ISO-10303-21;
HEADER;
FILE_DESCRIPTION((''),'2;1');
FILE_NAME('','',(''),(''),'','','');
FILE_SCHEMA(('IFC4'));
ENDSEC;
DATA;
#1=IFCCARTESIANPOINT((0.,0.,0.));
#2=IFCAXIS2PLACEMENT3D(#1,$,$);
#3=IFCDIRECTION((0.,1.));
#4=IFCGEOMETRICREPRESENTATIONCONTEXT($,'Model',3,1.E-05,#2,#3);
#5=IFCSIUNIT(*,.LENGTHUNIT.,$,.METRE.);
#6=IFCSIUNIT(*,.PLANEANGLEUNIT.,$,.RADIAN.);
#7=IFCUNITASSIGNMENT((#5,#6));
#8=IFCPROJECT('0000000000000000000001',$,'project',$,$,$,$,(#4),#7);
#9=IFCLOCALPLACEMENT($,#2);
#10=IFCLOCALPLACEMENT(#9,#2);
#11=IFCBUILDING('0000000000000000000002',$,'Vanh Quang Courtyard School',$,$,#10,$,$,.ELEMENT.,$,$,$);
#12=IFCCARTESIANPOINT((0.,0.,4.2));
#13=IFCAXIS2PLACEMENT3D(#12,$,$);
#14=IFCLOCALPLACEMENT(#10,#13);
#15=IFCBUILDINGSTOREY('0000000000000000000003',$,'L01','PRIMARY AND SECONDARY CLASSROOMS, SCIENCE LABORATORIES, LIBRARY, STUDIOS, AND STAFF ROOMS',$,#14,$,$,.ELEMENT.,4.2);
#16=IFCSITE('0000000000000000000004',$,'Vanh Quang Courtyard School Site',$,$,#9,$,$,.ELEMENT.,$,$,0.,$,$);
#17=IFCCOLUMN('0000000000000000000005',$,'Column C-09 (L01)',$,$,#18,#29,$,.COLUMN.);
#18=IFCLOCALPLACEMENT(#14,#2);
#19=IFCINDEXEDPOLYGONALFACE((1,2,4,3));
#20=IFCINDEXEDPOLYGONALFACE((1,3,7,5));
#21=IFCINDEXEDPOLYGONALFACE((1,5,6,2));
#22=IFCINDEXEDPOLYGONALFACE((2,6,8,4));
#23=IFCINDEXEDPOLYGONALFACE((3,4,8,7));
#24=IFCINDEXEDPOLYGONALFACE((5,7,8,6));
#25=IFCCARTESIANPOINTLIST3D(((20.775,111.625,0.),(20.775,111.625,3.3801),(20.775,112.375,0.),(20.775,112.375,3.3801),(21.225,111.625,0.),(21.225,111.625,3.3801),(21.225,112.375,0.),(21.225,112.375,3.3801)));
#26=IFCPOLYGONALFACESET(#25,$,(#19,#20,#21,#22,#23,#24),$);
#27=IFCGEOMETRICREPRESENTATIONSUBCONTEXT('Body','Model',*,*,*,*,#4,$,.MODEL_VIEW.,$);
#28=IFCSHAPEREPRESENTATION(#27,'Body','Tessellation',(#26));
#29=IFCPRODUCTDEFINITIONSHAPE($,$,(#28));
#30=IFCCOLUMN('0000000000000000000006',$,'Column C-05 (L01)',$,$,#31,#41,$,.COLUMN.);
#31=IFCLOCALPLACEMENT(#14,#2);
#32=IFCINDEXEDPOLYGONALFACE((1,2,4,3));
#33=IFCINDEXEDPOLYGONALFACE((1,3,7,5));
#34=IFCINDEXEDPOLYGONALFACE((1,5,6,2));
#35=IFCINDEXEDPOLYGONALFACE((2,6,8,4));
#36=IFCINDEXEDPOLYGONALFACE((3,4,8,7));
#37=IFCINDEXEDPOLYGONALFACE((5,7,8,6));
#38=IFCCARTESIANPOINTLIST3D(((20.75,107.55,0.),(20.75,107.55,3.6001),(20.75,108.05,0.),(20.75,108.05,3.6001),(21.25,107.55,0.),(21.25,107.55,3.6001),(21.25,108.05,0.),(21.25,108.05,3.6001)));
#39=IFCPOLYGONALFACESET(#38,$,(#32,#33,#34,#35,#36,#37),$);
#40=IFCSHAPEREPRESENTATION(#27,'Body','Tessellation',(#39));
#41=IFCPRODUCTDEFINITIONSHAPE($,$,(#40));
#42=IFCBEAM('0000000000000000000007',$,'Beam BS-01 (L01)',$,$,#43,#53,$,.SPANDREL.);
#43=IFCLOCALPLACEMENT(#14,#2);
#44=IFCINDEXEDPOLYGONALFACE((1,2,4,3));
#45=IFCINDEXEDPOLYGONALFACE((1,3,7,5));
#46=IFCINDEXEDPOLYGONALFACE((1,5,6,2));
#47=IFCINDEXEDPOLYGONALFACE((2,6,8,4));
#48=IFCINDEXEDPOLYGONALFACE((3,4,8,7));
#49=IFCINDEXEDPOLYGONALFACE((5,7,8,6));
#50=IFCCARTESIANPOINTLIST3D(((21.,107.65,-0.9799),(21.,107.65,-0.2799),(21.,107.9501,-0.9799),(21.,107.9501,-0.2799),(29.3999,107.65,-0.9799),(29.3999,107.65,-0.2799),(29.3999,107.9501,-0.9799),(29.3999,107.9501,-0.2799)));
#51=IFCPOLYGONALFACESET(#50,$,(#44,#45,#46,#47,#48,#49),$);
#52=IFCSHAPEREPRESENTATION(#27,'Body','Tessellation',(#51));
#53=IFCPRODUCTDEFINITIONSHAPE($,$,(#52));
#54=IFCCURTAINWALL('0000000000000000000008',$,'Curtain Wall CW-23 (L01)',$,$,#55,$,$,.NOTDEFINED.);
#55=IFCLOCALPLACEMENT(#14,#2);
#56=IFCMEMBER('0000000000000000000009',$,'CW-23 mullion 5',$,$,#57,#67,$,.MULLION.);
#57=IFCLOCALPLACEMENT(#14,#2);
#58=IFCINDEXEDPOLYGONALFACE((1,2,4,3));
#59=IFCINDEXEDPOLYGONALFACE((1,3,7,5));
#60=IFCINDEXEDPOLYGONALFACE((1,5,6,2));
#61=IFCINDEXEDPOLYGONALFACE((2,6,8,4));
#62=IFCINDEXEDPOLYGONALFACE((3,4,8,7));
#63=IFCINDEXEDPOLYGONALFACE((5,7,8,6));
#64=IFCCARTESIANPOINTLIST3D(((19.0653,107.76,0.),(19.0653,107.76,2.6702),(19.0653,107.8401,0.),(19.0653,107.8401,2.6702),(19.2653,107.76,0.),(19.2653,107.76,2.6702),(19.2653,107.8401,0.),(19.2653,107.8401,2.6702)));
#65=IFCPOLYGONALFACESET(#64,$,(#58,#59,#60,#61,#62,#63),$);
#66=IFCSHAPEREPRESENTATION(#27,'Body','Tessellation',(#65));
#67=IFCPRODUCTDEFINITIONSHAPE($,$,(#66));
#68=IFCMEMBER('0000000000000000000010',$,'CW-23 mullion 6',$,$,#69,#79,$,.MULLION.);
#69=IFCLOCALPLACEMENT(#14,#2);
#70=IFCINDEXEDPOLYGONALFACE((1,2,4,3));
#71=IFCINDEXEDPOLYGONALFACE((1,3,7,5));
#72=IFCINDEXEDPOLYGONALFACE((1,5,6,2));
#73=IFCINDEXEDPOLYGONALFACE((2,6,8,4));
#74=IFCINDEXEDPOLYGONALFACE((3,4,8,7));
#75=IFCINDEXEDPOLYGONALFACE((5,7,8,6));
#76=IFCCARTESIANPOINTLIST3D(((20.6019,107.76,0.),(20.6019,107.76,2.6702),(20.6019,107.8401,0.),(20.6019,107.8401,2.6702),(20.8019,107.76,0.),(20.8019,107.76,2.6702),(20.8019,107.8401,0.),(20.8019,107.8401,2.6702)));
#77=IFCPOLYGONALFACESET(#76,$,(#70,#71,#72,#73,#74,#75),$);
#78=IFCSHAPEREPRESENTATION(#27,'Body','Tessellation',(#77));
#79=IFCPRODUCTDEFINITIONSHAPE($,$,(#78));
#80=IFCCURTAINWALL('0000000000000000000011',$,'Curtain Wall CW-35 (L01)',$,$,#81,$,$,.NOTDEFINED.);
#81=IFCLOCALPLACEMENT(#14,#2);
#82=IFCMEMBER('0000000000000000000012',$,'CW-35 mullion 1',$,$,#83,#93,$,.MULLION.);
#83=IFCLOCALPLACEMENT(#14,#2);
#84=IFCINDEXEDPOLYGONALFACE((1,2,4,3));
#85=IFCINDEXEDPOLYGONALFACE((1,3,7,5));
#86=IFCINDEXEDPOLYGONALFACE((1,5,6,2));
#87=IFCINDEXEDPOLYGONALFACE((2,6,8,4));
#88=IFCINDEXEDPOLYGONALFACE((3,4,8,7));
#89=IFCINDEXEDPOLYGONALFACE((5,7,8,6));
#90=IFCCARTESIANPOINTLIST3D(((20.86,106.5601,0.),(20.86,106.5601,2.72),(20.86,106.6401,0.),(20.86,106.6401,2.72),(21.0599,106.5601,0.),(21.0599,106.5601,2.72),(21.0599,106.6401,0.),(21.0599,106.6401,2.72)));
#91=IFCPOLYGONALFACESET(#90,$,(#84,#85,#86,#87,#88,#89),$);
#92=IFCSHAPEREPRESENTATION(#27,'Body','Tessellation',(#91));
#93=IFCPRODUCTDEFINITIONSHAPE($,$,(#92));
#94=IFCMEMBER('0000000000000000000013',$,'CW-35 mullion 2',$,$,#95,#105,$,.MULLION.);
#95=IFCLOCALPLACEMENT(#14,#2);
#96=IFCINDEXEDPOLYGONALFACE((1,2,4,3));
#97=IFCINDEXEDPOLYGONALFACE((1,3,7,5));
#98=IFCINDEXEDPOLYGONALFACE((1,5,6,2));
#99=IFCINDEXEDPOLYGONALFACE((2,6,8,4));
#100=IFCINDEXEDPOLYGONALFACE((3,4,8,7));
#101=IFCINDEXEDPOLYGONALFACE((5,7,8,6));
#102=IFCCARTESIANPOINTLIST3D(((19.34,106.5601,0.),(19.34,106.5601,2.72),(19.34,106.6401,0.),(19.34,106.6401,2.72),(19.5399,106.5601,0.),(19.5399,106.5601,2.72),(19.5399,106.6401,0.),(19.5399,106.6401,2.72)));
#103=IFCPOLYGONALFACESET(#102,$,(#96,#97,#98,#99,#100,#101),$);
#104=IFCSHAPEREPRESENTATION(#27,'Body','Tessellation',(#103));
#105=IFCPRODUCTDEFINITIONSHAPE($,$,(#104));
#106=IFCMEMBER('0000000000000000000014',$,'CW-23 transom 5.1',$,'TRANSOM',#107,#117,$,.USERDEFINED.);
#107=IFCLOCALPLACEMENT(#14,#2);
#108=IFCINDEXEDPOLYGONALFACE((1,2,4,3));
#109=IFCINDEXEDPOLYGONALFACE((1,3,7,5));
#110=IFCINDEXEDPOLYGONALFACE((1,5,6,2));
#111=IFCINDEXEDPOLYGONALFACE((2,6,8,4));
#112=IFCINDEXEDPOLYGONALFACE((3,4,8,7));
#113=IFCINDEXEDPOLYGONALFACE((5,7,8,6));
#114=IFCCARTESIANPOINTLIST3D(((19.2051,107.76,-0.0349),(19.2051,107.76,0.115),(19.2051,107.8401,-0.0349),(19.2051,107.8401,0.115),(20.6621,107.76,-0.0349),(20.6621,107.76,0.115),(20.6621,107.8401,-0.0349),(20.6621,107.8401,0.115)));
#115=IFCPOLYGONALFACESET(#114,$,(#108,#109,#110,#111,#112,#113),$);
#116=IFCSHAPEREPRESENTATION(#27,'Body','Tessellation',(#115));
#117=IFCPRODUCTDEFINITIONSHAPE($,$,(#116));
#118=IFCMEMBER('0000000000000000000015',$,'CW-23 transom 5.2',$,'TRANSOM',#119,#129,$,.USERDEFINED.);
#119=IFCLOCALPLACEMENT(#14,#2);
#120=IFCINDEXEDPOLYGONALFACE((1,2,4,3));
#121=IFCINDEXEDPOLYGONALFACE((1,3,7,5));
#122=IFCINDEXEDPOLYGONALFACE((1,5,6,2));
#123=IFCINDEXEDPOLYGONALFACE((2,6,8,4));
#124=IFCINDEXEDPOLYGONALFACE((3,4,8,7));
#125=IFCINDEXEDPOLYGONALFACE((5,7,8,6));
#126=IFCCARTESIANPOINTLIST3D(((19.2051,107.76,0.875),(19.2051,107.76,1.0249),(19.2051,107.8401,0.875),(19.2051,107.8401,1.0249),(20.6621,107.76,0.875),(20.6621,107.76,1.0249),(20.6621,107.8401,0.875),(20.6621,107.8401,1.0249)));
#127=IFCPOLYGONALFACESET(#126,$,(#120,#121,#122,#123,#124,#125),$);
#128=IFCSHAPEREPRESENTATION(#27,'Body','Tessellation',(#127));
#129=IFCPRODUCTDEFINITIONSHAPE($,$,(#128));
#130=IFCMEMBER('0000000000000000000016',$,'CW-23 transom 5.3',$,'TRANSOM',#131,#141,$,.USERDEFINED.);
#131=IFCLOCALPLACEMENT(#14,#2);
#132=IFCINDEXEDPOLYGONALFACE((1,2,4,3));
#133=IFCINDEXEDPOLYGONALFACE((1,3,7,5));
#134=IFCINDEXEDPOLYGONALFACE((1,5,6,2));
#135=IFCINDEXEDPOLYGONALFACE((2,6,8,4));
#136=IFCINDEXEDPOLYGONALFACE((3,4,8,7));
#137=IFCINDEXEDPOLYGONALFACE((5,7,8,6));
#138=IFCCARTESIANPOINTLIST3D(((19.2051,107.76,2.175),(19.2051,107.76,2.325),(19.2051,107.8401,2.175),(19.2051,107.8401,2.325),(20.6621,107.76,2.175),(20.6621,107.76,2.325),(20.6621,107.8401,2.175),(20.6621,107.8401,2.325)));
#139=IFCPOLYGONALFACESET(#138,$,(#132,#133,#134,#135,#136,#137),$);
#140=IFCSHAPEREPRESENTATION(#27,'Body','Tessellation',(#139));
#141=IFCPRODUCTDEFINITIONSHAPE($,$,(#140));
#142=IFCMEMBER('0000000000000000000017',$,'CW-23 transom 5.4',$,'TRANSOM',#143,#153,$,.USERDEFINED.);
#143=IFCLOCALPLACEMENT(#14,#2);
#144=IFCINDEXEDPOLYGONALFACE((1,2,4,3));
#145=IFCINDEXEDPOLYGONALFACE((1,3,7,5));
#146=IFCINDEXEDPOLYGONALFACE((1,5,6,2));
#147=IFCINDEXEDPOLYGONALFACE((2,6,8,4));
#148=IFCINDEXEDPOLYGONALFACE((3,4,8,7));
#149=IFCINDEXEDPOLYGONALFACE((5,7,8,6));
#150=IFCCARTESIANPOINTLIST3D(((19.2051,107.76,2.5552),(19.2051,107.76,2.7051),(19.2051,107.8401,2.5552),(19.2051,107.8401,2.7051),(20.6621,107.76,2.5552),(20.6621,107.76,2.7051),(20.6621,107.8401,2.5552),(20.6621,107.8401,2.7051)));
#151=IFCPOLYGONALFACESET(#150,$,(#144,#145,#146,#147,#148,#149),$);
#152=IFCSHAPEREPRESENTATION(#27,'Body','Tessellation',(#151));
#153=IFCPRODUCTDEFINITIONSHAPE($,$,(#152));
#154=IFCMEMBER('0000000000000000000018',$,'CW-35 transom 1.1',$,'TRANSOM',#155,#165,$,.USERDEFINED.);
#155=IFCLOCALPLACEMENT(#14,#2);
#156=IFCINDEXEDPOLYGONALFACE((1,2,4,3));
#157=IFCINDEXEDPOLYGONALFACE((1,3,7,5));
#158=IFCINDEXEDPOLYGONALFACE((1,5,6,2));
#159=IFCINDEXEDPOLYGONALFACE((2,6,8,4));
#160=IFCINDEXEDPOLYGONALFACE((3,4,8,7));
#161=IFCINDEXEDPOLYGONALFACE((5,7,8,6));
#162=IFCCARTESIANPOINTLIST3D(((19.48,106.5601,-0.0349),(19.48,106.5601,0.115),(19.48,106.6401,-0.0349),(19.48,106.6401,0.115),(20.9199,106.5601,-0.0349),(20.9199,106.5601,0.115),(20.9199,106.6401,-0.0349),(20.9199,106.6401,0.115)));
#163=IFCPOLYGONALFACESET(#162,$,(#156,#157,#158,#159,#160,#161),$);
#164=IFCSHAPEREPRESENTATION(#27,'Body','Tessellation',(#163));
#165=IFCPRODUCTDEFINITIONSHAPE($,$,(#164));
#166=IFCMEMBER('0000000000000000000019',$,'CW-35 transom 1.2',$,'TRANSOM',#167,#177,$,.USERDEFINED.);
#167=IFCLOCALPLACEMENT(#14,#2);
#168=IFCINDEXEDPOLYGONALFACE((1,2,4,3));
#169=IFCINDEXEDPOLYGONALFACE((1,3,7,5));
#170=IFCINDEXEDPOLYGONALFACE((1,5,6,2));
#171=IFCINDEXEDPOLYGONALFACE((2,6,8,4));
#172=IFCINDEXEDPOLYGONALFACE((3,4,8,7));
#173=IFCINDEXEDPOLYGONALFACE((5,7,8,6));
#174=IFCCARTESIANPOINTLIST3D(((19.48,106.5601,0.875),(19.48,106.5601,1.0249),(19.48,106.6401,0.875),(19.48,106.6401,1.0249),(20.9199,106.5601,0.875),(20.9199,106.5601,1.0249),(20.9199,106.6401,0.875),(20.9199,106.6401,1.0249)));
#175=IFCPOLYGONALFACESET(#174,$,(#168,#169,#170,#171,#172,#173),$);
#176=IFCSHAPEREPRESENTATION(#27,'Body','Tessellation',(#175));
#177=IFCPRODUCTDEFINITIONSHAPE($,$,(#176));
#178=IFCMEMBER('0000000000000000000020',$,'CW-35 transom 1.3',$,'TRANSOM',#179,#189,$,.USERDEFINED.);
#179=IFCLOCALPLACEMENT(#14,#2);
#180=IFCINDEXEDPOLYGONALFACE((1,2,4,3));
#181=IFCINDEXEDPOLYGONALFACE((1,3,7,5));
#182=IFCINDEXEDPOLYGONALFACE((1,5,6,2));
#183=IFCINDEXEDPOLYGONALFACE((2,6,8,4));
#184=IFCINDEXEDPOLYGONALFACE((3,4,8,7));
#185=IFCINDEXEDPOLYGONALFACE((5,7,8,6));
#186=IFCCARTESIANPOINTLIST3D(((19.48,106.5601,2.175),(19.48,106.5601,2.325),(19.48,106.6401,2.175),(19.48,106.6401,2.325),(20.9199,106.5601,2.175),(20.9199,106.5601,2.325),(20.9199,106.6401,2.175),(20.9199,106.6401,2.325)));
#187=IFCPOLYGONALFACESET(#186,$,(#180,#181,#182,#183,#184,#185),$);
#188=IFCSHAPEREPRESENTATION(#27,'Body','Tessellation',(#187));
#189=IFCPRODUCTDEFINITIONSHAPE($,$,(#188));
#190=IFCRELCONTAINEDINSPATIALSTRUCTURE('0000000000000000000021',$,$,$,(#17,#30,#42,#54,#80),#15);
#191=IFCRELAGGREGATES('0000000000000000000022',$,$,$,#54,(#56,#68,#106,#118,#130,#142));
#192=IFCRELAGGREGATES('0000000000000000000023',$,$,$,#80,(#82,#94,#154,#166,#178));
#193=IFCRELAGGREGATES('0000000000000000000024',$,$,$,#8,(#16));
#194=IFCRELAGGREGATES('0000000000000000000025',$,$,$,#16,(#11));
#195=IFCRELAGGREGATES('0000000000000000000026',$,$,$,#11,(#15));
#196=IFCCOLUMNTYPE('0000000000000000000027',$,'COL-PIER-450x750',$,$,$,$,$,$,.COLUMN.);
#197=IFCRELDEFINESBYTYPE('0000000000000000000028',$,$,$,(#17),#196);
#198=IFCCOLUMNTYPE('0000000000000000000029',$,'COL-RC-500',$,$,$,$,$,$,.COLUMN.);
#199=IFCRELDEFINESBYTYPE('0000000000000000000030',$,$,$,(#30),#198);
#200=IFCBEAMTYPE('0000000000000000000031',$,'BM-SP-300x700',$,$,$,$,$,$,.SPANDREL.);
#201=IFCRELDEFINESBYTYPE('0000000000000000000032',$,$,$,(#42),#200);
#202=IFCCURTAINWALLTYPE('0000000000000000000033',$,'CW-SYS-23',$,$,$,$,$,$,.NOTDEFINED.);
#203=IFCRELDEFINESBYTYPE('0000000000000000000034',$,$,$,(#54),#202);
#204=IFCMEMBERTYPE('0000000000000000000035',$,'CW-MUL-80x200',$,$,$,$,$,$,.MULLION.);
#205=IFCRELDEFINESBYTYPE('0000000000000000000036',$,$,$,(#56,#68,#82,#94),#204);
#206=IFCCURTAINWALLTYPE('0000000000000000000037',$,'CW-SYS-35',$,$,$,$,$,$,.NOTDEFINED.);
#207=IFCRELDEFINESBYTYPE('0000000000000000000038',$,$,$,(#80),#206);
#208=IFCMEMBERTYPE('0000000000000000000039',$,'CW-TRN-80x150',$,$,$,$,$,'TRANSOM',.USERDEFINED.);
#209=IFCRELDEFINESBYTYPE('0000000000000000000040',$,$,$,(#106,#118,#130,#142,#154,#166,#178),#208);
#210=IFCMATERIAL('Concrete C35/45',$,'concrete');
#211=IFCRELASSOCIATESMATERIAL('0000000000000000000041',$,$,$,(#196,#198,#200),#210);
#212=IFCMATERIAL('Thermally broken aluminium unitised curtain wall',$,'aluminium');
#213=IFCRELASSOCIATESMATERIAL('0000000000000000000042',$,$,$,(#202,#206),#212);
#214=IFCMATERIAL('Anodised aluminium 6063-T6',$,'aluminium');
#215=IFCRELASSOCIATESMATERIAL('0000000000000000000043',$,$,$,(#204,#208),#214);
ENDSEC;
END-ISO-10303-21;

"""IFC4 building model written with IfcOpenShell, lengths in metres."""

from ifc_helpers import new_model, si_unit, direction, frame, origin, origin_2d, place, context, subcontext, project, spatial, rectangle, extrude, material, material_profile, profile_set, type_object, element, aggregate, save


model = new_model("IFC4")

# Units and contexts
model_context = context("Model", 3, precision=1e-05, world=origin(), true_north=direction((0.0, 1.0)))
body_context = subcontext(model_context, "Body", "Model", "MODEL_VIEW")
ifc_project = project(units=[si_unit("LENGTHUNIT", "METRE"), si_unit("PLANEANGLEUNIT", "RADIAN")], contexts=[model_context])

# Site, building, storey
site_placement = place(None, origin())
site = spatial("IfcSite", under=ifc_project, at=site_placement, Name="Vanh Quang Courtyard School Site", CompositionType="ELEMENT", RefElevation=0.0)
building_placement = place(site_placement, origin())
building = spatial("IfcBuilding", under=site, at=building_placement, Name="Vanh Quang Courtyard School", CompositionType="ELEMENT")
storey_placement = place(building_placement, frame((0.0, 0.0, 4.2)))
storey = spatial("IfcBuildingStorey", under=building, at=storey_placement, Name="L01", Description="PRIMARY AND SECONDARY CLASSROOMS, SCIENCE LABORATORIES, LIBRARY, STUDIOS, AND STAFF ROOMS", CompositionType="ELEMENT", Elevation=4.2)

# Columns
ifc_material_1 = material(Name="Concrete C35/45", Category="concrete")
ifc_material_profile_1 = material_profile(ifc_material_1, rectangle(XDim=0.45, YDim=0.75, at=origin_2d()), Name="RC-PIER 450x750")
ifc_profile_set_1 = profile_set([ifc_material_profile_1], Name="Concrete C35/45")
column_type_1 = type_object("IfcColumnType", Name="COL-PIER-450x750", PredefinedType="COLUMN", material=ifc_profile_set_1)
column_1_placement = place(storey_placement, frame((21.0, 112.0, 0.0), z_axis=(0.0, 0.0, 1.0), x_axis=(1.0, 0.0, 0.0)))
element("IfcColumn", 1, at=column_1_placement, inside=storey, type_object=column_type_1, Name="Column C-09 (L01)", PredefinedType="COLUMN", context=body_context, shape_type="SweptSolid", body=[
    extrude(rectangle(XDim=0.45, YDim=0.75, at=origin_2d()), origin(), (0.0, 0.0, 1.0), 3.3801),
])
ifc_material_profile_2 = material_profile(ifc_material_1, rectangle(XDim=0.5, YDim=0.5, at=origin_2d()), Name="RC-COL 500x500")
ifc_profile_set_2 = profile_set([ifc_material_profile_2], Name="Concrete C35/45")
column_type_2 = type_object("IfcColumnType", Name="COL-RC-500", PredefinedType="COLUMN", material=ifc_profile_set_2)
column_2_placement = place(storey_placement, frame((21.0, 107.8, 0.0), z_axis=(0.0, 0.0, 1.0), x_axis=(1.0, 0.0, 0.0)))
element("IfcColumn", 2, at=column_2_placement, inside=storey, type_object=column_type_2, Name="Column C-05 (L01)", PredefinedType="COLUMN", context=body_context, shape_type="SweptSolid", body=[
    extrude(rectangle(XDim=0.5, YDim=0.5, at=origin_2d()), origin(), (0.0, 0.0, 1.0), 3.6001),
])

# Beam
ifc_material_profile_3 = material_profile(ifc_material_1, rectangle(XDim=0.3, YDim=0.7, at=origin_2d()), Name="RC-SP 300x700")
ifc_profile_set_3 = profile_set([ifc_material_profile_3], Name="Concrete C35/45")
beam_type = type_object("IfcBeamType", Name="BM-SP-300x700", PredefinedType="SPANDREL", material=ifc_profile_set_3)
beam_placement = place(storey_placement, frame((21.0, 107.8, -0.6299), z_axis=(1.0, 0.0, 0.0), x_axis=(0.0, 1.0, 0.0)))
element("IfcBeam", 3, at=beam_placement, inside=storey, type_object=beam_type, Name="Beam BS-01 (L01)", PredefinedType="SPANDREL", context=body_context, shape_type="SweptSolid", body=[
    extrude(rectangle(XDim=0.3, YDim=0.7, at=origin_2d()), origin(), (0.0, 0.0, 1.0), 8.3999),
])

# Curtain walls, members
ifc_material_2 = material(Name="Thermally broken aluminium unitised curtain wall", Category="aluminium")
curtain_wall_type_1 = type_object("IfcCurtainWallType", Name="CW-SYS-23", PredefinedType="NOTDEFINED", material=ifc_material_2)
curtain_wall_1_placement = place(storey_placement, origin())
curtain_wall_1 = element("IfcCurtainWall", 4, at=curtain_wall_1_placement, inside=storey, type_object=curtain_wall_type_1, Name="Curtain Wall CW-23 (L01)", PredefinedType="NOTDEFINED")
ifc_material_3 = material(Name="Anodised aluminium 6063-T6", Category="aluminium")
ifc_material_profile_4 = material_profile(ifc_material_3, rectangle(XDim=0.0801, YDim=0.2, at=origin_2d()), Name="ALU-MUL 80x200")
ifc_profile_set_4 = profile_set([ifc_material_profile_4], Name="Anodised aluminium 6063-T6")
member_type_1 = type_object("IfcMemberType", Name="CW-MUL-80x200", PredefinedType="MULLION", material=ifc_profile_set_4)
member_1_placement = place(storey_placement, frame((19.1653, 107.8, 0.0), z_axis=(0.0, 0.0, 1.0), x_axis=(0.0, 1.0, 0.0)))
member_1 = element("IfcMember", 5, at=member_1_placement, type_object=member_type_1, Name="CW-23 mullion 5", PredefinedType="MULLION", context=body_context, shape_type="SweptSolid", body=[
    extrude(rectangle(XDim=0.0801, YDim=0.2, at=origin_2d()), origin(), (0.0, 0.0, 1.0), 2.6702),
])
member_2_placement = place(storey_placement, frame((20.7019, 107.8, 0.0), z_axis=(0.0, 0.0, 1.0), x_axis=(0.0, 1.0, 0.0)))
member_2 = element("IfcMember", 6, at=member_2_placement, type_object=member_type_1, Name="CW-23 mullion 6", PredefinedType="MULLION", context=body_context, shape_type="SweptSolid", body=[
    extrude(rectangle(XDim=0.0801, YDim=0.2, at=origin_2d()), origin(), (0.0, 0.0, 1.0), 2.6702),
])
curtain_wall_type_2 = type_object("IfcCurtainWallType", Name="CW-SYS-35", PredefinedType="NOTDEFINED", material=ifc_material_2)
curtain_wall_2_placement = place(storey_placement, origin())
curtain_wall_2 = element("IfcCurtainWall", 7, at=curtain_wall_2_placement, inside=storey, type_object=curtain_wall_type_2, Name="Curtain Wall CW-35 (L01)", PredefinedType="NOTDEFINED")
member_3_placement = place(storey_placement, frame((20.96, 106.6001, 0.0), z_axis=(0.0, 0.0, 1.0), x_axis=(0.0, -1.0, 0.0)))
member_3 = element("IfcMember", 8, at=member_3_placement, type_object=member_type_1, Name="CW-35 mullion 1", PredefinedType="MULLION", context=body_context, shape_type="SweptSolid", body=[
    extrude(rectangle(XDim=0.0801, YDim=0.2, at=origin_2d()), origin(), (0.0, 0.0, 1.0), 2.72),
])
member_4_placement = place(storey_placement, frame((19.4399, 106.6001, 0.0), z_axis=(0.0, 0.0, 1.0), x_axis=(0.0, -1.0, 0.0)))
member_4 = element("IfcMember", 9, at=member_4_placement, type_object=member_type_1, Name="CW-35 mullion 2", PredefinedType="MULLION", context=body_context, shape_type="SweptSolid", body=[
    extrude(rectangle(XDim=0.0801, YDim=0.2, at=origin_2d()), origin(), (0.0, 0.0, 1.0), 2.72),
])

# Members
ifc_material_profile_5 = material_profile(ifc_material_3, rectangle(XDim=0.0801, YDim=0.1499, at=origin_2d()), Name="ALU-TRN 80x150")
ifc_profile_set_5 = profile_set([ifc_material_profile_5], Name="Anodised aluminium 6063-T6")
member_type_2 = type_object("IfcMemberType", Name="CW-TRN-80x150", ElementType="TRANSOM", PredefinedType="USERDEFINED", material=ifc_profile_set_5)
member_5_placement = place(storey_placement, frame((19.2051, 107.8, 0.04), z_axis=(1.0, 0.0, 0.0), x_axis=(0.0, 1.0, 0.0)))
member_5 = element("IfcMember", 10, at=member_5_placement, type_object=member_type_2, Name="CW-23 transom 5.1", ObjectType="TRANSOM", PredefinedType="USERDEFINED", context=body_context, shape_type="SweptSolid", body=[
    extrude(rectangle(XDim=0.0801, YDim=0.1499, at=origin_2d()), origin(), (0.0, 0.0, 1.0), 1.457),
])
member_6_placement = place(storey_placement, frame((19.2051, 107.8, 0.95), z_axis=(1.0, 0.0, 0.0), x_axis=(0.0, 1.0, 0.0)))
member_6 = element("IfcMember", 11, at=member_6_placement, type_object=member_type_2, Name="CW-23 transom 5.2", ObjectType="TRANSOM", PredefinedType="USERDEFINED", context=body_context, shape_type="SweptSolid", body=[
    extrude(rectangle(XDim=0.0801, YDim=0.1499, at=origin_2d()), origin(), (0.0, 0.0, 1.0), 1.457),
])
member_7_placement = place(storey_placement, frame((19.2051, 107.8, 2.25), z_axis=(1.0, 0.0, 0.0), x_axis=(0.0, 1.0, 0.0)))
member_7 = element("IfcMember", 12, at=member_7_placement, type_object=member_type_2, Name="CW-23 transom 5.3", ObjectType="TRANSOM", PredefinedType="USERDEFINED", context=body_context, shape_type="SweptSolid", body=[
    extrude(rectangle(XDim=0.0801, YDim=0.1499, at=origin_2d()), origin(), (0.0, 0.0, 1.0), 1.457),
])
member_8_placement = place(storey_placement, frame((19.2051, 107.8, 2.6301), z_axis=(1.0, 0.0, 0.0), x_axis=(0.0, 1.0, 0.0)))
member_8 = element("IfcMember", 13, at=member_8_placement, type_object=member_type_2, Name="CW-23 transom 5.4", ObjectType="TRANSOM", PredefinedType="USERDEFINED", context=body_context, shape_type="SweptSolid", body=[
    extrude(rectangle(XDim=0.0801, YDim=0.1499, at=origin_2d()), origin(), (0.0, 0.0, 1.0), 1.457),
])
member_9_placement = place(storey_placement, frame((20.9199, 106.6001, 0.04), z_axis=(-1.0, 0.0, 0.0), x_axis=(0.0, -1.0, 0.0)))
member_9 = element("IfcMember", 14, at=member_9_placement, type_object=member_type_2, Name="CW-35 transom 1.1", ObjectType="TRANSOM", PredefinedType="USERDEFINED", context=body_context, shape_type="SweptSolid", body=[
    extrude(rectangle(XDim=0.0801, YDim=0.1499, at=origin_2d()), origin(), (0.0, 0.0, 1.0), 1.4399),
])
member_10_placement = place(storey_placement, frame((20.9199, 106.6001, 0.95), z_axis=(-1.0, 0.0, 0.0), x_axis=(0.0, -1.0, 0.0)))
member_10 = element("IfcMember", 15, at=member_10_placement, type_object=member_type_2, Name="CW-35 transom 1.2", ObjectType="TRANSOM", PredefinedType="USERDEFINED", context=body_context, shape_type="SweptSolid", body=[
    extrude(rectangle(XDim=0.0801, YDim=0.1499, at=origin_2d()), origin(), (0.0, 0.0, 1.0), 1.4399),
])
member_11_placement = place(storey_placement, frame((20.9199, 106.6001, 2.25), z_axis=(-1.0, 0.0, 0.0), x_axis=(0.0, -1.0, 0.0)))
member_11 = element("IfcMember", 16, at=member_11_placement, type_object=member_type_2, Name="CW-35 transom 1.3", ObjectType="TRANSOM", PredefinedType="USERDEFINED", context=body_context, shape_type="SweptSolid", body=[
    extrude(rectangle(XDim=0.0801, YDim=0.1499, at=origin_2d()), origin(), (0.0, 0.0, 1.0), 1.4399),
])

aggregate(curtain_wall_1, [member_1, member_2, member_5, member_6, member_7, member_8])
aggregate(curtain_wall_2, [member_3, member_4, member_9, member_10, member_11])

save(model, "model.ifc")
